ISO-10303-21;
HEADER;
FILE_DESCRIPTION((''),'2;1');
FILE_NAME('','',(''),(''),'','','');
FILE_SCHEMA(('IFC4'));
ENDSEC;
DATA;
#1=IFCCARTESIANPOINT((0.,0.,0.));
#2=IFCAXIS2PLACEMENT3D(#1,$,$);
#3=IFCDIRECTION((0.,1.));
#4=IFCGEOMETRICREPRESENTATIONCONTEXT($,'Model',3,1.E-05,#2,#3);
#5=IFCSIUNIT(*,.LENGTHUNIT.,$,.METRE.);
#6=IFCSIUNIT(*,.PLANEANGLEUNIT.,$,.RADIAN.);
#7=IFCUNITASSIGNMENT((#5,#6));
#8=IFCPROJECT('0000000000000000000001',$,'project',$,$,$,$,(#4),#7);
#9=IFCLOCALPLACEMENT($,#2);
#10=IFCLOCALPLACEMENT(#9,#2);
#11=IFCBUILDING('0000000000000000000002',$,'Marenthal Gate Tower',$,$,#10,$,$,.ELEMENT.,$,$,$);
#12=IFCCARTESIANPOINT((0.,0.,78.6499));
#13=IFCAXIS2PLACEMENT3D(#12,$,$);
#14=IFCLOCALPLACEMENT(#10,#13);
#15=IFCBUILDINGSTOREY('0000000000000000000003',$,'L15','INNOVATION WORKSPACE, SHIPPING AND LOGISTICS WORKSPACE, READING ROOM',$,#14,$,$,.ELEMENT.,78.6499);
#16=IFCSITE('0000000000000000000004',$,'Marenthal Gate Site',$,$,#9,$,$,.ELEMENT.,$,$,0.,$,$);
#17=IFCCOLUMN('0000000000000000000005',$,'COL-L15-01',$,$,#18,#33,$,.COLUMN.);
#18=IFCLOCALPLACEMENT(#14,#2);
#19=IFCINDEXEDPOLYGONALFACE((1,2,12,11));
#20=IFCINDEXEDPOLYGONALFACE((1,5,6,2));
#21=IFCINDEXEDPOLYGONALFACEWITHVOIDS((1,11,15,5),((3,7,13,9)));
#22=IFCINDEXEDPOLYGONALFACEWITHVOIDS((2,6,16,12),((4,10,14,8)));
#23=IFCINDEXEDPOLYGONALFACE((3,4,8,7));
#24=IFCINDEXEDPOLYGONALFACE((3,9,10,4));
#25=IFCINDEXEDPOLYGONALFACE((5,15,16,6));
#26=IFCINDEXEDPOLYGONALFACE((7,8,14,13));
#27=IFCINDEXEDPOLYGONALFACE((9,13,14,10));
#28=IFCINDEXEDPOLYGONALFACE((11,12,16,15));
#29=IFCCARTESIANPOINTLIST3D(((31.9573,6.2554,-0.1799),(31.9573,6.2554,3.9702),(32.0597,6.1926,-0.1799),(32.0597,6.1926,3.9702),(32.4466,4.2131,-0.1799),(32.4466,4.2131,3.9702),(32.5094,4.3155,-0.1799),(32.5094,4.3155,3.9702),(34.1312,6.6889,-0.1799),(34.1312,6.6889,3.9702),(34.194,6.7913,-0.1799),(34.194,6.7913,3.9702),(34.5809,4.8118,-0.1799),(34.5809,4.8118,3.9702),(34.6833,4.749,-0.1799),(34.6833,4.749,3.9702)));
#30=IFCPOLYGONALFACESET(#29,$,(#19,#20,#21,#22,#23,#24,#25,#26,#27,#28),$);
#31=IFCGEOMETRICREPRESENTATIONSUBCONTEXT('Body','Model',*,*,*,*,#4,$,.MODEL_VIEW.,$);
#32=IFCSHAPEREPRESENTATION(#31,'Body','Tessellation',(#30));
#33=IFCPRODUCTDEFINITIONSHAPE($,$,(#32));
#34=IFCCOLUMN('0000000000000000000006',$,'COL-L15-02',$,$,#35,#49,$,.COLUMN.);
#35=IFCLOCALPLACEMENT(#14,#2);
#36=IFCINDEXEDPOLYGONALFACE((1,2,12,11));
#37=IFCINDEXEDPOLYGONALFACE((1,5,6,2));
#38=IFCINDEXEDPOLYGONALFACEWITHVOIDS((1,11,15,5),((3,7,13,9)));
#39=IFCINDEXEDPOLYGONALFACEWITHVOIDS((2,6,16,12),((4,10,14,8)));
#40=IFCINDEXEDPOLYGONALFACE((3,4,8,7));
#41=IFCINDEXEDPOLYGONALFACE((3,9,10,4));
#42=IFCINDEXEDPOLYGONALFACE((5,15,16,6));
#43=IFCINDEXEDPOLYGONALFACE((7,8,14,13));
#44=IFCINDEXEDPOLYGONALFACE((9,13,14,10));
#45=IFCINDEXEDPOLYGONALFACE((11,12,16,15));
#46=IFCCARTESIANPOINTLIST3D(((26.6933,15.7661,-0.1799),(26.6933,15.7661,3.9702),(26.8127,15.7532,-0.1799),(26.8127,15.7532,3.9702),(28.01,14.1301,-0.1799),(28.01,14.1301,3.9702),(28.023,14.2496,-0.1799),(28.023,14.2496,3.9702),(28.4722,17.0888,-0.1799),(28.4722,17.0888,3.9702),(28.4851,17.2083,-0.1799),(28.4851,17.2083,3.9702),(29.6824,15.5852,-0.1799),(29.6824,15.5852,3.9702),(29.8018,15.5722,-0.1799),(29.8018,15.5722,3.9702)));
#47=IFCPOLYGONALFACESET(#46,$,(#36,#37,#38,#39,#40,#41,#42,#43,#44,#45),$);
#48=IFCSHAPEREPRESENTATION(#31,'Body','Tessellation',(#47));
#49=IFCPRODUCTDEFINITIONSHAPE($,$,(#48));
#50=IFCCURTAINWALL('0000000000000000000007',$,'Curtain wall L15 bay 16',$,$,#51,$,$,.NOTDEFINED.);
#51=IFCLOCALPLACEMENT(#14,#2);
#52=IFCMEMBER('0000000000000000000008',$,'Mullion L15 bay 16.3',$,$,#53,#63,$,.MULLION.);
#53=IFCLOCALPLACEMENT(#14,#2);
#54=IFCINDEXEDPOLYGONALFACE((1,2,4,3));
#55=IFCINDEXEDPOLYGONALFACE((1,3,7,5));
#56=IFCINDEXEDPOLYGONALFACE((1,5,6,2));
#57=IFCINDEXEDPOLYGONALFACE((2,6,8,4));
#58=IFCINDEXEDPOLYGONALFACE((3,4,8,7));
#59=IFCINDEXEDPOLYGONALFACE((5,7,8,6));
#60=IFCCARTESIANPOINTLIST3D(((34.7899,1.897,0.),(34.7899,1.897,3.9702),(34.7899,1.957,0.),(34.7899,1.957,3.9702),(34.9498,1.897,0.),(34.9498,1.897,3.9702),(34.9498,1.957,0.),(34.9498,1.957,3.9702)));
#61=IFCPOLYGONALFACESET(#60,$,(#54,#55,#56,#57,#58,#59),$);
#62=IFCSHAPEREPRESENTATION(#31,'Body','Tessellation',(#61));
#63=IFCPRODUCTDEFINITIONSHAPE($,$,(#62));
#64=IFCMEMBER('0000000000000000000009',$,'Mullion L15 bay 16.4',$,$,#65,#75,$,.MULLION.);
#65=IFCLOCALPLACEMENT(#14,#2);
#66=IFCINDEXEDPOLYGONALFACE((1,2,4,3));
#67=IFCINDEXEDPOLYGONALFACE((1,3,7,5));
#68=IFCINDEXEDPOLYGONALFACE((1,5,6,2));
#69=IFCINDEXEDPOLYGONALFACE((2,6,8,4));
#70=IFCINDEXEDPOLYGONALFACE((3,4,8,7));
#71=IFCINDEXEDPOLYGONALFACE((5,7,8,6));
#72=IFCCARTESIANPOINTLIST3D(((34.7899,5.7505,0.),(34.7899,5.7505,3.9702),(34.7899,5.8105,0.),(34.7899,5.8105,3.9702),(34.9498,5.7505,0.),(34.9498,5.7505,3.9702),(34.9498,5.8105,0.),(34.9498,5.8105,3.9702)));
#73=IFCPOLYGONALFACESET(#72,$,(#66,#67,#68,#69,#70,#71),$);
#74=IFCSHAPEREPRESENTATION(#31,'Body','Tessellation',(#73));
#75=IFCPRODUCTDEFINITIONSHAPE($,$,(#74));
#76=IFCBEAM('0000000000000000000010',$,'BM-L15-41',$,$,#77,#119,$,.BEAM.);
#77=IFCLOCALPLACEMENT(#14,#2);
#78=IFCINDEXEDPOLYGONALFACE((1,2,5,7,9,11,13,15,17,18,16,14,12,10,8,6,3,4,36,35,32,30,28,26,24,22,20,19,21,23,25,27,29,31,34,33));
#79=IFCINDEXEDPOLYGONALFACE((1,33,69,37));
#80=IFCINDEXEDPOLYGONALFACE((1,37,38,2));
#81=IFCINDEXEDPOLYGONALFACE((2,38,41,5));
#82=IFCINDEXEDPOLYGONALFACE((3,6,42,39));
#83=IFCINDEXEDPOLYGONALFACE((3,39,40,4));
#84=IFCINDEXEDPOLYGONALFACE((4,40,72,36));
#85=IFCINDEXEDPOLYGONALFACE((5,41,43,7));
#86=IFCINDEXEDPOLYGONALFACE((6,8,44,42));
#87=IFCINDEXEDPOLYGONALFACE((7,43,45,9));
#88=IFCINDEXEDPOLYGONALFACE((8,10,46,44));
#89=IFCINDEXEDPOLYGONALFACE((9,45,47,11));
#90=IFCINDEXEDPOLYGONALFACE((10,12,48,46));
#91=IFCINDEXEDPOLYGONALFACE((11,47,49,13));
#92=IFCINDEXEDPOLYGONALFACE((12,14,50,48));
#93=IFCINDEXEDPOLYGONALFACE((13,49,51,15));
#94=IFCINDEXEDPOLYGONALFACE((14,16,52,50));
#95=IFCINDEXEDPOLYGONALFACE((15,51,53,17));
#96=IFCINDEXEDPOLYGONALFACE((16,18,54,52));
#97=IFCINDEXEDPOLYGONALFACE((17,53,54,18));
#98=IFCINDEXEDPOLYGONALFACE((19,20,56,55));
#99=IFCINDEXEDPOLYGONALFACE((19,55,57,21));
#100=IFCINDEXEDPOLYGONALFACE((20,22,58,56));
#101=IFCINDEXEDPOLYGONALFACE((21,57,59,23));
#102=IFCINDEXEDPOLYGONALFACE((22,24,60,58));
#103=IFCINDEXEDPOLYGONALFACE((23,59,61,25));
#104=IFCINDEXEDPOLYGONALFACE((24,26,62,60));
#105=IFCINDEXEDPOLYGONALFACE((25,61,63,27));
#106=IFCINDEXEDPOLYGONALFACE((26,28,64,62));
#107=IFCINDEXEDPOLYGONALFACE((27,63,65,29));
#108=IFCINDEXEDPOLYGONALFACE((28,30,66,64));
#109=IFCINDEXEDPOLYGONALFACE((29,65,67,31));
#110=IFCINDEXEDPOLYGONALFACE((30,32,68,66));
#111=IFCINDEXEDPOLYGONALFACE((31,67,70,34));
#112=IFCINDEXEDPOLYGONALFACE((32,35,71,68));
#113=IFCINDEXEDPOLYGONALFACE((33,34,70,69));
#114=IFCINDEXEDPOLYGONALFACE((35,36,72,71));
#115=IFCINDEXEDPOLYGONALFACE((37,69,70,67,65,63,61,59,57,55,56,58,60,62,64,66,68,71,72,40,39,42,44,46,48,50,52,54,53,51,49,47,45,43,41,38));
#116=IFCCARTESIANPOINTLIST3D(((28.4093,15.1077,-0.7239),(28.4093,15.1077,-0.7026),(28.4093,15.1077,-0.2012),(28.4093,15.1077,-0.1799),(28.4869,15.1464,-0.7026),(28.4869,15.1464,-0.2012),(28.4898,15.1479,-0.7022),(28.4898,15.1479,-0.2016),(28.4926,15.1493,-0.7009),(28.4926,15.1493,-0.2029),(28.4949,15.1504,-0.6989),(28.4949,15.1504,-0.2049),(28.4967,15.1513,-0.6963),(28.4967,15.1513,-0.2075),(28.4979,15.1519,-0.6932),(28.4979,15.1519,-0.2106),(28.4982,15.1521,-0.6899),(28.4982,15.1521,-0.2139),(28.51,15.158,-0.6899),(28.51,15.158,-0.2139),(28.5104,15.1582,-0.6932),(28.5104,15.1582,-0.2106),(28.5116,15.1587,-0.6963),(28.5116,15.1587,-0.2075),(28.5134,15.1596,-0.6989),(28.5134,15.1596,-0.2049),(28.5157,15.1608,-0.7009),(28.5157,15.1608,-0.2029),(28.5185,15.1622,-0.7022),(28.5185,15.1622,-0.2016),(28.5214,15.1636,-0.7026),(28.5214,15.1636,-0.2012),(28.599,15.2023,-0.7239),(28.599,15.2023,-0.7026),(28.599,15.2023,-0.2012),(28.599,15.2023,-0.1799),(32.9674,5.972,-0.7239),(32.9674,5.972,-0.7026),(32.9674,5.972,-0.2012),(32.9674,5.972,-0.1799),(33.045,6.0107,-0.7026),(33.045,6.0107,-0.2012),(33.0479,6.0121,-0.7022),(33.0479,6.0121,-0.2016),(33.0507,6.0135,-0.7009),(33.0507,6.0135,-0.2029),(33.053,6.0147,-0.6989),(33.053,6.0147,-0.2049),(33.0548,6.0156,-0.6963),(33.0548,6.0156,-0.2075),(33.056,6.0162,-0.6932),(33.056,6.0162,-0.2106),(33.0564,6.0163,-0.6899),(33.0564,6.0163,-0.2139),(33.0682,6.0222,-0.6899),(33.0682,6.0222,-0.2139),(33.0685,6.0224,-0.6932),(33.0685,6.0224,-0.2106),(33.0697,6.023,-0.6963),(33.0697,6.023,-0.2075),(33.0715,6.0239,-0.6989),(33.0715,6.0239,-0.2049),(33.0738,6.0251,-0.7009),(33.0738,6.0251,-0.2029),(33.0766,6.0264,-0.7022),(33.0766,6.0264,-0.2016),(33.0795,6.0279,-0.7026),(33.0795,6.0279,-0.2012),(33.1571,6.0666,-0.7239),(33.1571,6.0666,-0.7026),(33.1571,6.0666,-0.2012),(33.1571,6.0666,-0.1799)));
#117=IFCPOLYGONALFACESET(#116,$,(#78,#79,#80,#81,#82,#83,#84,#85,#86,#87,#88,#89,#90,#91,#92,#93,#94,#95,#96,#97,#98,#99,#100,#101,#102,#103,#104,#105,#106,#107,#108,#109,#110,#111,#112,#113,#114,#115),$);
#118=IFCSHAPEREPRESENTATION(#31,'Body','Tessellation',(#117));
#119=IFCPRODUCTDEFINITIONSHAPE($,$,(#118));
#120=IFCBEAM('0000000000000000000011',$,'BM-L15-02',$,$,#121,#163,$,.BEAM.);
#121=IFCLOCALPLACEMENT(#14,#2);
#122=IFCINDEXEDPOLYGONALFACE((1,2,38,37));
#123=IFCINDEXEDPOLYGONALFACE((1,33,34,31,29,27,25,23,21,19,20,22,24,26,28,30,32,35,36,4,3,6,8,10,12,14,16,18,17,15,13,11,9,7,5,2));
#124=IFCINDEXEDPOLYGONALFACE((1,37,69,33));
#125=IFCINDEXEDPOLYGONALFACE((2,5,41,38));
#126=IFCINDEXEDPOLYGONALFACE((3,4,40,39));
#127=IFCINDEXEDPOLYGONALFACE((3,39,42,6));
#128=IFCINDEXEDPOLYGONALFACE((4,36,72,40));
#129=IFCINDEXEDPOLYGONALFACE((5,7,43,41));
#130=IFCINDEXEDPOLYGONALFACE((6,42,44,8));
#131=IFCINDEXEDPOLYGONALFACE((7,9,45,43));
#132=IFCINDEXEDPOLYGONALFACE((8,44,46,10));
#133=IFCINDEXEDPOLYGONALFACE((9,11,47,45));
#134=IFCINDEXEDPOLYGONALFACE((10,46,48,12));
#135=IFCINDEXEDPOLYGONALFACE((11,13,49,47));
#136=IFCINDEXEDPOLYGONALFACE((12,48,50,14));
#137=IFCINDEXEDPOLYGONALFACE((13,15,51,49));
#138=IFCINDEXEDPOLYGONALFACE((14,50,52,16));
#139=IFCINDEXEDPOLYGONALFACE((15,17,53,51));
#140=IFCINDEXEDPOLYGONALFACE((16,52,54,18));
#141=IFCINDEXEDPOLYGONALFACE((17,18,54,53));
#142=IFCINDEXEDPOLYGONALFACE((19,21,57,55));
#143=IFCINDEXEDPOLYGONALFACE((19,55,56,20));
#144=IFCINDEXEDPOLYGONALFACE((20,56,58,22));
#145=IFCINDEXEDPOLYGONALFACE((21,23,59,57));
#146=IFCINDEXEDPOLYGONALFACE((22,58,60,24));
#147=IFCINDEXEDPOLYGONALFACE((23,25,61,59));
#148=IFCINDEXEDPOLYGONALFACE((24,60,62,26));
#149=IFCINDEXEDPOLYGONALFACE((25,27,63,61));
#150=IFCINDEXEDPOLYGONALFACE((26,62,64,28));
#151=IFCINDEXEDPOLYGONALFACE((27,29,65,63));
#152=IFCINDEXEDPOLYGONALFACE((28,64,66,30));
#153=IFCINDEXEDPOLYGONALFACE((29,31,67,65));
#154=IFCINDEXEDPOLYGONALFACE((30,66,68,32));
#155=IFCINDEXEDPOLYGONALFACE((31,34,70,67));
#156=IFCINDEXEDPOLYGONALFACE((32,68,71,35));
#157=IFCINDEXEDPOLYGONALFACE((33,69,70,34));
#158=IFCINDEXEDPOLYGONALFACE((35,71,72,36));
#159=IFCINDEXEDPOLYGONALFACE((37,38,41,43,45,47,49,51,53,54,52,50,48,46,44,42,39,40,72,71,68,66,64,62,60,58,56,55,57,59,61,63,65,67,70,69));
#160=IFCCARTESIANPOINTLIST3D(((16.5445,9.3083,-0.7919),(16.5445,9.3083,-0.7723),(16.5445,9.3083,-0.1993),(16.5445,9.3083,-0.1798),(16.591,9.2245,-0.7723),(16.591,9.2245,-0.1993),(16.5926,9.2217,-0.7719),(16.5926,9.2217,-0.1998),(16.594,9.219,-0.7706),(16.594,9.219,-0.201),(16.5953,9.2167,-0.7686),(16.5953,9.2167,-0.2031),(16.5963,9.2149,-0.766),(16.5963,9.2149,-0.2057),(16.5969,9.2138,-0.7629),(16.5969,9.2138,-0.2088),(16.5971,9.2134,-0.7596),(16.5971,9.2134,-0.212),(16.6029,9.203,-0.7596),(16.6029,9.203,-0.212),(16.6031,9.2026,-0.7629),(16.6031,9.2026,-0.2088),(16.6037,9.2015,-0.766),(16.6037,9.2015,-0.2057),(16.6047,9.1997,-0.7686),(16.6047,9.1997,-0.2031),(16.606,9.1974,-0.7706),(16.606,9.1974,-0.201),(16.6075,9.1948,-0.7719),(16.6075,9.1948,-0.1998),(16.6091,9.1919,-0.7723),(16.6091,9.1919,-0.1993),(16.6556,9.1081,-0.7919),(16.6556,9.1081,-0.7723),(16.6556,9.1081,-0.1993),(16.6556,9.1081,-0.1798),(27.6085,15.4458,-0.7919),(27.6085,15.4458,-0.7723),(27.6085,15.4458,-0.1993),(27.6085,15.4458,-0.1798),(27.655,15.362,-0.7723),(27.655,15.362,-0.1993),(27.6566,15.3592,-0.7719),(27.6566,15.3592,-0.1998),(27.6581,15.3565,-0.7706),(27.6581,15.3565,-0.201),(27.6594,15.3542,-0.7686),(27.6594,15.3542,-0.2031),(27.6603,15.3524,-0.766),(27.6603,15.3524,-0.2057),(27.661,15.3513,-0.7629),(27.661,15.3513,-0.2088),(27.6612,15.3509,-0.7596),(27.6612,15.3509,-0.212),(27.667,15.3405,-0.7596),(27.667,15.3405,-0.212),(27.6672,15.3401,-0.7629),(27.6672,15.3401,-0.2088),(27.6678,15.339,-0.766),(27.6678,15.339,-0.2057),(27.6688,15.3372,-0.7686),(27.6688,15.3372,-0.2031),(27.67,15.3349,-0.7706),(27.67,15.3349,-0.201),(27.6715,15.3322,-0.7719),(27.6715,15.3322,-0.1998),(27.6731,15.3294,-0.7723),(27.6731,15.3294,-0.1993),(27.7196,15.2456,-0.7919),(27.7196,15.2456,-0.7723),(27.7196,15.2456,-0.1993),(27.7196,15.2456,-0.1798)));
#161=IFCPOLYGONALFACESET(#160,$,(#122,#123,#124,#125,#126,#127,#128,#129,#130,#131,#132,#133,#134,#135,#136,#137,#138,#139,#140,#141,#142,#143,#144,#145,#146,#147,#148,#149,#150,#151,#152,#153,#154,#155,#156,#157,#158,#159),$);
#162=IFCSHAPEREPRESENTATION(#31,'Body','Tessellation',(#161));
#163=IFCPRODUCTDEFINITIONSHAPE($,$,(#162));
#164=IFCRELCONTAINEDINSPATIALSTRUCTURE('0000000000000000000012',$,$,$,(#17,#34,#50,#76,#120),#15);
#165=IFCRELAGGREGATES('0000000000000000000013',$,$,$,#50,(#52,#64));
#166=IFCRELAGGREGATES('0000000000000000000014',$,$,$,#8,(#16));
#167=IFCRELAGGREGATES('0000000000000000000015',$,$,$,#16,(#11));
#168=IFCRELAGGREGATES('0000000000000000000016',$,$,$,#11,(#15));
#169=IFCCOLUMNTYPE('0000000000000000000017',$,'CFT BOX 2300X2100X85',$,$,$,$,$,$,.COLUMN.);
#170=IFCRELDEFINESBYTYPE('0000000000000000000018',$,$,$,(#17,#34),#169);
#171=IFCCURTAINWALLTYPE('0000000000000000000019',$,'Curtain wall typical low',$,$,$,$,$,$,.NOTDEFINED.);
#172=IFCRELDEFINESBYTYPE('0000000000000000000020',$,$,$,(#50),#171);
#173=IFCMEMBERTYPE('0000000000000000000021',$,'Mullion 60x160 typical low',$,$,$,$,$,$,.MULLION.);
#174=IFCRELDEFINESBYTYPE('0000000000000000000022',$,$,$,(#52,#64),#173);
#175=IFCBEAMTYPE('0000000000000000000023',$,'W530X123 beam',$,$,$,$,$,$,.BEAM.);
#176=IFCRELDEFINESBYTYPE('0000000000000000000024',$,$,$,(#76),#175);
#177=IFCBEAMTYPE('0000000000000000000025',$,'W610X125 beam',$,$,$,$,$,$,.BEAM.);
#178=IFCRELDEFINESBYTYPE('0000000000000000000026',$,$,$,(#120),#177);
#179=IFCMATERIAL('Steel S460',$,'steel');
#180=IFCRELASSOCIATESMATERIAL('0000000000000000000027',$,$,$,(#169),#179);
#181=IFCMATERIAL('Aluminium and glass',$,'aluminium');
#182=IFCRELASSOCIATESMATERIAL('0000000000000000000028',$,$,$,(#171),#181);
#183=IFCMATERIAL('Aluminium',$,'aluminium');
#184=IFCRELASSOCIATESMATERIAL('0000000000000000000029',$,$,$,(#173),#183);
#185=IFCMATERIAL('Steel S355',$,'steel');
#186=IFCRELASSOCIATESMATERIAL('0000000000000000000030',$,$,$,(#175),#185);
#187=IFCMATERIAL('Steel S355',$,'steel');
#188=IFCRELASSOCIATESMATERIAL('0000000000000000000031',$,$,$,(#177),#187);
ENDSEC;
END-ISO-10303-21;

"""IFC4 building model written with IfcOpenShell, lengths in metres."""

from ifc_helpers import new_model, si_unit, direction, frame, origin, origin_2d, place, context, subcontext, project, spatial, rectangle, hollow_rectangle, i_section, extrude, material, material_profile, profile_set, type_object, element, aggregate, save


model = new_model("IFC4")

# Units and contexts
model_context = context("Model", 3, precision=1e-05, world=origin(), true_north=direction((0.0, 1.0)))
body_context = subcontext(model_context, "Body", "Model", "MODEL_VIEW")
ifc_project = project(units=[si_unit("LENGTHUNIT", "METRE"), si_unit("PLANEANGLEUNIT", "RADIAN")], contexts=[model_context])

# Site, building, storey
site_placement = place(None, origin())
site = spatial("IfcSite", under=ifc_project, at=site_placement, Name="Marenthal Gate Site", CompositionType="ELEMENT", RefElevation=0.0)
building_placement = place(site_placement, origin())
building = spatial("IfcBuilding", under=site, at=building_placement, Name="Marenthal Gate Tower", CompositionType="ELEMENT")
storey_placement = place(building_placement, frame((0.0, 0.0, 78.6499)))
storey = spatial("IfcBuildingStorey", under=building, at=storey_placement, Name="L15", Description="INNOVATION WORKSPACE, SHIPPING AND LOGISTICS WORKSPACE, READING ROOM", CompositionType="ELEMENT", Elevation=78.6499)

# Columns
ifc_material_1 = material(Name="Steel S460", Category="steel")
ifc_material_profile_1 = material_profile(ifc_material_1, hollow_rectangle(XDim=2.1001, YDim=2.3, WallThickness=0.085, at=origin_2d()), Name="CFT BOX 2300X2100X85")
ifc_material_2 = material(Name="Concrete 70 MPa", Category="concrete")
ifc_material_profile_2 = material_profile(ifc_material_2, rectangle(XDim=1.9299, YDim=2.1299, at=origin_2d()), Name="CFT BOX 2300X2100X85 INFILL")
ifc_profile_set_1 = profile_set([ifc_material_profile_1, ifc_material_profile_2], Name="Steel S460 shell, Concrete 70 MPa infill")
column_type = type_object("IfcColumnType", Name="CFT BOX 2300X2100X85", PredefinedType="COLUMN", material=ifc_profile_set_1)
for number, where, z_axis, x_axis, name in (
    (1, (33.3203, 5.5022, -0.1799), (0.0, 0.0, 1.0), (0.233004, -0.972476, 0.0), "COL-L15-01"),
    (2, (28.2476, 15.6692, -0.1799), (0.0, 0.0, 1.0), (0.626997, -0.779022, 0.0), "COL-L15-02"),
):
    element("IfcColumn", number, at=place(storey_placement, frame(where, z_axis=z_axis, x_axis=x_axis)), inside=storey, type_object=column_type, Name=name, PredefinedType="COLUMN", context=body_context, shape_type="SweptSolid", body=[
        extrude(hollow_rectangle(XDim=2.1001, YDim=2.3, WallThickness=0.085, at=origin_2d()), origin(), (0.0, 0.0, 1.0), 4.1501),
    ])

# Curtain wall, members
ifc_material_3 = material(Name="Aluminium and glass", Category="aluminium")
curtain_wall_type = type_object("IfcCurtainWallType", Name="Curtain wall typical low", PredefinedType="NOTDEFINED", material=ifc_material_3)
curtain_wall_placement = place(storey_placement, origin())
curtain_wall = element("IfcCurtainWall", 3, at=curtain_wall_placement, inside=storey, type_object=curtain_wall_type, Name="Curtain wall L15 bay 16", PredefinedType="NOTDEFINED")
ifc_material_4 = material(Name="Aluminium", Category="aluminium")
ifc_material_profile_3 = material_profile(ifc_material_4, rectangle(XDim=0.1599, YDim=0.0601, at=origin_2d()), Name="60x160 aluminium mullion")
ifc_profile_set_2 = profile_set([ifc_material_profile_3], Name="Aluminium")
member_type = type_object("IfcMemberType", Name="Mullion 60x160 typical low", PredefinedType="MULLION", material=ifc_profile_set_2)
member_1_placement = place(storey_placement, frame((34.8699, 1.927, 0.0), z_axis=(0.0, 0.0, 1.0), x_axis=(-1.0, 0.0, 0.0)))
member_1 = element("IfcMember", 4, at=member_1_placement, type_object=member_type, Name="Mullion L15 bay 16.3", PredefinedType="MULLION", context=body_context, shape_type="SweptSolid", body=[
    extrude(rectangle(XDim=0.1599, YDim=0.0601, at=origin_2d()), origin(), (0.0, 0.0, 1.0), 3.9702),
])
member_2_placement = place(storey_placement, frame((34.8699, 5.7805, 0.0), z_axis=(0.0, 0.0, 1.0), x_axis=(-1.0, 0.0, 0.0)))
member_2 = element("IfcMember", 5, at=member_2_placement, type_object=member_type, Name="Mullion L15 bay 16.4", PredefinedType="MULLION", context=body_context, shape_type="SweptSolid", body=[
    extrude(rectangle(XDim=0.1599, YDim=0.0601, at=origin_2d()), origin(), (0.0, 0.0, 1.0), 3.9702),
])

# Beams
ifc_material_5 = material(Name="Steel S355", Category="steel")
ifc_material_profile_4 = material_profile(ifc_material_5, i_section(OverallWidth=0.2119, OverallDepth=0.5439, WebThickness=0.0132, FlangeThickness=0.0212, FilletRadius=0.0127, at=origin_2d()), Name="W530X123")
ifc_profile_set_3 = profile_set([ifc_material_profile_4], Name="Steel S355")
beam_type_1 = type_object("IfcBeamType", Name="W530X123 beam", PredefinedType="BEAM", material=ifc_profile_set_3)
beam_1_placement = place(storey_placement, frame((33.0623, 6.0193, -0.4519), z_axis=(-0.446448, 0.894809, 0.0), x_axis=(-0.894809, -0.446448, 0.0)))
element("IfcBeam", 6, at=beam_1_placement, inside=storey, type_object=beam_type_1, Name="BM-L15-41", PredefinedType="BEAM", context=body_context, shape_type="SweptSolid", body=[
    extrude(i_section(OverallWidth=0.2119, OverallDepth=0.5439, WebThickness=0.0132, FlangeThickness=0.0212, FilletRadius=0.0127, at=origin_2d()), origin(), (0.0, 0.0, 1.0), 10.2097),
])
ifc_material_6 = material(Name="Steel S355", Category="steel")
ifc_material_profile_5 = material_profile(ifc_material_6, i_section(OverallWidth=0.229, OverallDepth=0.6121, WebThickness=0.012, FlangeThickness=0.0195, FilletRadius=0.0127, at=origin_2d()), Name="W610X125")
ifc_profile_set_4 = profile_set([ifc_material_profile_5], Name="Steel S355")
beam_type_2 = type_object("IfcBeamType", Name="W610X125 beam", PredefinedType="BEAM", material=ifc_profile_set_4)
beam_2_placement = place(storey_placement, frame((27.6641, 15.3457, -0.4858), z_axis=(-0.874466, -0.485087, 0.0), x_axis=(0.485087, -0.874466, 0.0)))
element("IfcBeam", 7, at=beam_2_placement, inside=storey, type_object=beam_type_2, Name="BM-L15-02", PredefinedType="BEAM", context=body_context, shape_type="SweptSolid", body=[
    extrude(i_section(OverallWidth=0.229, OverallDepth=0.6121, WebThickness=0.012, FlangeThickness=0.0195, FilletRadius=0.0127, at=origin_2d()), origin(), (0.0, 0.0, 1.0), 12.6523),
])

aggregate(curtain_wall, [member_1, member_2])

save(model, "model.ifc")
